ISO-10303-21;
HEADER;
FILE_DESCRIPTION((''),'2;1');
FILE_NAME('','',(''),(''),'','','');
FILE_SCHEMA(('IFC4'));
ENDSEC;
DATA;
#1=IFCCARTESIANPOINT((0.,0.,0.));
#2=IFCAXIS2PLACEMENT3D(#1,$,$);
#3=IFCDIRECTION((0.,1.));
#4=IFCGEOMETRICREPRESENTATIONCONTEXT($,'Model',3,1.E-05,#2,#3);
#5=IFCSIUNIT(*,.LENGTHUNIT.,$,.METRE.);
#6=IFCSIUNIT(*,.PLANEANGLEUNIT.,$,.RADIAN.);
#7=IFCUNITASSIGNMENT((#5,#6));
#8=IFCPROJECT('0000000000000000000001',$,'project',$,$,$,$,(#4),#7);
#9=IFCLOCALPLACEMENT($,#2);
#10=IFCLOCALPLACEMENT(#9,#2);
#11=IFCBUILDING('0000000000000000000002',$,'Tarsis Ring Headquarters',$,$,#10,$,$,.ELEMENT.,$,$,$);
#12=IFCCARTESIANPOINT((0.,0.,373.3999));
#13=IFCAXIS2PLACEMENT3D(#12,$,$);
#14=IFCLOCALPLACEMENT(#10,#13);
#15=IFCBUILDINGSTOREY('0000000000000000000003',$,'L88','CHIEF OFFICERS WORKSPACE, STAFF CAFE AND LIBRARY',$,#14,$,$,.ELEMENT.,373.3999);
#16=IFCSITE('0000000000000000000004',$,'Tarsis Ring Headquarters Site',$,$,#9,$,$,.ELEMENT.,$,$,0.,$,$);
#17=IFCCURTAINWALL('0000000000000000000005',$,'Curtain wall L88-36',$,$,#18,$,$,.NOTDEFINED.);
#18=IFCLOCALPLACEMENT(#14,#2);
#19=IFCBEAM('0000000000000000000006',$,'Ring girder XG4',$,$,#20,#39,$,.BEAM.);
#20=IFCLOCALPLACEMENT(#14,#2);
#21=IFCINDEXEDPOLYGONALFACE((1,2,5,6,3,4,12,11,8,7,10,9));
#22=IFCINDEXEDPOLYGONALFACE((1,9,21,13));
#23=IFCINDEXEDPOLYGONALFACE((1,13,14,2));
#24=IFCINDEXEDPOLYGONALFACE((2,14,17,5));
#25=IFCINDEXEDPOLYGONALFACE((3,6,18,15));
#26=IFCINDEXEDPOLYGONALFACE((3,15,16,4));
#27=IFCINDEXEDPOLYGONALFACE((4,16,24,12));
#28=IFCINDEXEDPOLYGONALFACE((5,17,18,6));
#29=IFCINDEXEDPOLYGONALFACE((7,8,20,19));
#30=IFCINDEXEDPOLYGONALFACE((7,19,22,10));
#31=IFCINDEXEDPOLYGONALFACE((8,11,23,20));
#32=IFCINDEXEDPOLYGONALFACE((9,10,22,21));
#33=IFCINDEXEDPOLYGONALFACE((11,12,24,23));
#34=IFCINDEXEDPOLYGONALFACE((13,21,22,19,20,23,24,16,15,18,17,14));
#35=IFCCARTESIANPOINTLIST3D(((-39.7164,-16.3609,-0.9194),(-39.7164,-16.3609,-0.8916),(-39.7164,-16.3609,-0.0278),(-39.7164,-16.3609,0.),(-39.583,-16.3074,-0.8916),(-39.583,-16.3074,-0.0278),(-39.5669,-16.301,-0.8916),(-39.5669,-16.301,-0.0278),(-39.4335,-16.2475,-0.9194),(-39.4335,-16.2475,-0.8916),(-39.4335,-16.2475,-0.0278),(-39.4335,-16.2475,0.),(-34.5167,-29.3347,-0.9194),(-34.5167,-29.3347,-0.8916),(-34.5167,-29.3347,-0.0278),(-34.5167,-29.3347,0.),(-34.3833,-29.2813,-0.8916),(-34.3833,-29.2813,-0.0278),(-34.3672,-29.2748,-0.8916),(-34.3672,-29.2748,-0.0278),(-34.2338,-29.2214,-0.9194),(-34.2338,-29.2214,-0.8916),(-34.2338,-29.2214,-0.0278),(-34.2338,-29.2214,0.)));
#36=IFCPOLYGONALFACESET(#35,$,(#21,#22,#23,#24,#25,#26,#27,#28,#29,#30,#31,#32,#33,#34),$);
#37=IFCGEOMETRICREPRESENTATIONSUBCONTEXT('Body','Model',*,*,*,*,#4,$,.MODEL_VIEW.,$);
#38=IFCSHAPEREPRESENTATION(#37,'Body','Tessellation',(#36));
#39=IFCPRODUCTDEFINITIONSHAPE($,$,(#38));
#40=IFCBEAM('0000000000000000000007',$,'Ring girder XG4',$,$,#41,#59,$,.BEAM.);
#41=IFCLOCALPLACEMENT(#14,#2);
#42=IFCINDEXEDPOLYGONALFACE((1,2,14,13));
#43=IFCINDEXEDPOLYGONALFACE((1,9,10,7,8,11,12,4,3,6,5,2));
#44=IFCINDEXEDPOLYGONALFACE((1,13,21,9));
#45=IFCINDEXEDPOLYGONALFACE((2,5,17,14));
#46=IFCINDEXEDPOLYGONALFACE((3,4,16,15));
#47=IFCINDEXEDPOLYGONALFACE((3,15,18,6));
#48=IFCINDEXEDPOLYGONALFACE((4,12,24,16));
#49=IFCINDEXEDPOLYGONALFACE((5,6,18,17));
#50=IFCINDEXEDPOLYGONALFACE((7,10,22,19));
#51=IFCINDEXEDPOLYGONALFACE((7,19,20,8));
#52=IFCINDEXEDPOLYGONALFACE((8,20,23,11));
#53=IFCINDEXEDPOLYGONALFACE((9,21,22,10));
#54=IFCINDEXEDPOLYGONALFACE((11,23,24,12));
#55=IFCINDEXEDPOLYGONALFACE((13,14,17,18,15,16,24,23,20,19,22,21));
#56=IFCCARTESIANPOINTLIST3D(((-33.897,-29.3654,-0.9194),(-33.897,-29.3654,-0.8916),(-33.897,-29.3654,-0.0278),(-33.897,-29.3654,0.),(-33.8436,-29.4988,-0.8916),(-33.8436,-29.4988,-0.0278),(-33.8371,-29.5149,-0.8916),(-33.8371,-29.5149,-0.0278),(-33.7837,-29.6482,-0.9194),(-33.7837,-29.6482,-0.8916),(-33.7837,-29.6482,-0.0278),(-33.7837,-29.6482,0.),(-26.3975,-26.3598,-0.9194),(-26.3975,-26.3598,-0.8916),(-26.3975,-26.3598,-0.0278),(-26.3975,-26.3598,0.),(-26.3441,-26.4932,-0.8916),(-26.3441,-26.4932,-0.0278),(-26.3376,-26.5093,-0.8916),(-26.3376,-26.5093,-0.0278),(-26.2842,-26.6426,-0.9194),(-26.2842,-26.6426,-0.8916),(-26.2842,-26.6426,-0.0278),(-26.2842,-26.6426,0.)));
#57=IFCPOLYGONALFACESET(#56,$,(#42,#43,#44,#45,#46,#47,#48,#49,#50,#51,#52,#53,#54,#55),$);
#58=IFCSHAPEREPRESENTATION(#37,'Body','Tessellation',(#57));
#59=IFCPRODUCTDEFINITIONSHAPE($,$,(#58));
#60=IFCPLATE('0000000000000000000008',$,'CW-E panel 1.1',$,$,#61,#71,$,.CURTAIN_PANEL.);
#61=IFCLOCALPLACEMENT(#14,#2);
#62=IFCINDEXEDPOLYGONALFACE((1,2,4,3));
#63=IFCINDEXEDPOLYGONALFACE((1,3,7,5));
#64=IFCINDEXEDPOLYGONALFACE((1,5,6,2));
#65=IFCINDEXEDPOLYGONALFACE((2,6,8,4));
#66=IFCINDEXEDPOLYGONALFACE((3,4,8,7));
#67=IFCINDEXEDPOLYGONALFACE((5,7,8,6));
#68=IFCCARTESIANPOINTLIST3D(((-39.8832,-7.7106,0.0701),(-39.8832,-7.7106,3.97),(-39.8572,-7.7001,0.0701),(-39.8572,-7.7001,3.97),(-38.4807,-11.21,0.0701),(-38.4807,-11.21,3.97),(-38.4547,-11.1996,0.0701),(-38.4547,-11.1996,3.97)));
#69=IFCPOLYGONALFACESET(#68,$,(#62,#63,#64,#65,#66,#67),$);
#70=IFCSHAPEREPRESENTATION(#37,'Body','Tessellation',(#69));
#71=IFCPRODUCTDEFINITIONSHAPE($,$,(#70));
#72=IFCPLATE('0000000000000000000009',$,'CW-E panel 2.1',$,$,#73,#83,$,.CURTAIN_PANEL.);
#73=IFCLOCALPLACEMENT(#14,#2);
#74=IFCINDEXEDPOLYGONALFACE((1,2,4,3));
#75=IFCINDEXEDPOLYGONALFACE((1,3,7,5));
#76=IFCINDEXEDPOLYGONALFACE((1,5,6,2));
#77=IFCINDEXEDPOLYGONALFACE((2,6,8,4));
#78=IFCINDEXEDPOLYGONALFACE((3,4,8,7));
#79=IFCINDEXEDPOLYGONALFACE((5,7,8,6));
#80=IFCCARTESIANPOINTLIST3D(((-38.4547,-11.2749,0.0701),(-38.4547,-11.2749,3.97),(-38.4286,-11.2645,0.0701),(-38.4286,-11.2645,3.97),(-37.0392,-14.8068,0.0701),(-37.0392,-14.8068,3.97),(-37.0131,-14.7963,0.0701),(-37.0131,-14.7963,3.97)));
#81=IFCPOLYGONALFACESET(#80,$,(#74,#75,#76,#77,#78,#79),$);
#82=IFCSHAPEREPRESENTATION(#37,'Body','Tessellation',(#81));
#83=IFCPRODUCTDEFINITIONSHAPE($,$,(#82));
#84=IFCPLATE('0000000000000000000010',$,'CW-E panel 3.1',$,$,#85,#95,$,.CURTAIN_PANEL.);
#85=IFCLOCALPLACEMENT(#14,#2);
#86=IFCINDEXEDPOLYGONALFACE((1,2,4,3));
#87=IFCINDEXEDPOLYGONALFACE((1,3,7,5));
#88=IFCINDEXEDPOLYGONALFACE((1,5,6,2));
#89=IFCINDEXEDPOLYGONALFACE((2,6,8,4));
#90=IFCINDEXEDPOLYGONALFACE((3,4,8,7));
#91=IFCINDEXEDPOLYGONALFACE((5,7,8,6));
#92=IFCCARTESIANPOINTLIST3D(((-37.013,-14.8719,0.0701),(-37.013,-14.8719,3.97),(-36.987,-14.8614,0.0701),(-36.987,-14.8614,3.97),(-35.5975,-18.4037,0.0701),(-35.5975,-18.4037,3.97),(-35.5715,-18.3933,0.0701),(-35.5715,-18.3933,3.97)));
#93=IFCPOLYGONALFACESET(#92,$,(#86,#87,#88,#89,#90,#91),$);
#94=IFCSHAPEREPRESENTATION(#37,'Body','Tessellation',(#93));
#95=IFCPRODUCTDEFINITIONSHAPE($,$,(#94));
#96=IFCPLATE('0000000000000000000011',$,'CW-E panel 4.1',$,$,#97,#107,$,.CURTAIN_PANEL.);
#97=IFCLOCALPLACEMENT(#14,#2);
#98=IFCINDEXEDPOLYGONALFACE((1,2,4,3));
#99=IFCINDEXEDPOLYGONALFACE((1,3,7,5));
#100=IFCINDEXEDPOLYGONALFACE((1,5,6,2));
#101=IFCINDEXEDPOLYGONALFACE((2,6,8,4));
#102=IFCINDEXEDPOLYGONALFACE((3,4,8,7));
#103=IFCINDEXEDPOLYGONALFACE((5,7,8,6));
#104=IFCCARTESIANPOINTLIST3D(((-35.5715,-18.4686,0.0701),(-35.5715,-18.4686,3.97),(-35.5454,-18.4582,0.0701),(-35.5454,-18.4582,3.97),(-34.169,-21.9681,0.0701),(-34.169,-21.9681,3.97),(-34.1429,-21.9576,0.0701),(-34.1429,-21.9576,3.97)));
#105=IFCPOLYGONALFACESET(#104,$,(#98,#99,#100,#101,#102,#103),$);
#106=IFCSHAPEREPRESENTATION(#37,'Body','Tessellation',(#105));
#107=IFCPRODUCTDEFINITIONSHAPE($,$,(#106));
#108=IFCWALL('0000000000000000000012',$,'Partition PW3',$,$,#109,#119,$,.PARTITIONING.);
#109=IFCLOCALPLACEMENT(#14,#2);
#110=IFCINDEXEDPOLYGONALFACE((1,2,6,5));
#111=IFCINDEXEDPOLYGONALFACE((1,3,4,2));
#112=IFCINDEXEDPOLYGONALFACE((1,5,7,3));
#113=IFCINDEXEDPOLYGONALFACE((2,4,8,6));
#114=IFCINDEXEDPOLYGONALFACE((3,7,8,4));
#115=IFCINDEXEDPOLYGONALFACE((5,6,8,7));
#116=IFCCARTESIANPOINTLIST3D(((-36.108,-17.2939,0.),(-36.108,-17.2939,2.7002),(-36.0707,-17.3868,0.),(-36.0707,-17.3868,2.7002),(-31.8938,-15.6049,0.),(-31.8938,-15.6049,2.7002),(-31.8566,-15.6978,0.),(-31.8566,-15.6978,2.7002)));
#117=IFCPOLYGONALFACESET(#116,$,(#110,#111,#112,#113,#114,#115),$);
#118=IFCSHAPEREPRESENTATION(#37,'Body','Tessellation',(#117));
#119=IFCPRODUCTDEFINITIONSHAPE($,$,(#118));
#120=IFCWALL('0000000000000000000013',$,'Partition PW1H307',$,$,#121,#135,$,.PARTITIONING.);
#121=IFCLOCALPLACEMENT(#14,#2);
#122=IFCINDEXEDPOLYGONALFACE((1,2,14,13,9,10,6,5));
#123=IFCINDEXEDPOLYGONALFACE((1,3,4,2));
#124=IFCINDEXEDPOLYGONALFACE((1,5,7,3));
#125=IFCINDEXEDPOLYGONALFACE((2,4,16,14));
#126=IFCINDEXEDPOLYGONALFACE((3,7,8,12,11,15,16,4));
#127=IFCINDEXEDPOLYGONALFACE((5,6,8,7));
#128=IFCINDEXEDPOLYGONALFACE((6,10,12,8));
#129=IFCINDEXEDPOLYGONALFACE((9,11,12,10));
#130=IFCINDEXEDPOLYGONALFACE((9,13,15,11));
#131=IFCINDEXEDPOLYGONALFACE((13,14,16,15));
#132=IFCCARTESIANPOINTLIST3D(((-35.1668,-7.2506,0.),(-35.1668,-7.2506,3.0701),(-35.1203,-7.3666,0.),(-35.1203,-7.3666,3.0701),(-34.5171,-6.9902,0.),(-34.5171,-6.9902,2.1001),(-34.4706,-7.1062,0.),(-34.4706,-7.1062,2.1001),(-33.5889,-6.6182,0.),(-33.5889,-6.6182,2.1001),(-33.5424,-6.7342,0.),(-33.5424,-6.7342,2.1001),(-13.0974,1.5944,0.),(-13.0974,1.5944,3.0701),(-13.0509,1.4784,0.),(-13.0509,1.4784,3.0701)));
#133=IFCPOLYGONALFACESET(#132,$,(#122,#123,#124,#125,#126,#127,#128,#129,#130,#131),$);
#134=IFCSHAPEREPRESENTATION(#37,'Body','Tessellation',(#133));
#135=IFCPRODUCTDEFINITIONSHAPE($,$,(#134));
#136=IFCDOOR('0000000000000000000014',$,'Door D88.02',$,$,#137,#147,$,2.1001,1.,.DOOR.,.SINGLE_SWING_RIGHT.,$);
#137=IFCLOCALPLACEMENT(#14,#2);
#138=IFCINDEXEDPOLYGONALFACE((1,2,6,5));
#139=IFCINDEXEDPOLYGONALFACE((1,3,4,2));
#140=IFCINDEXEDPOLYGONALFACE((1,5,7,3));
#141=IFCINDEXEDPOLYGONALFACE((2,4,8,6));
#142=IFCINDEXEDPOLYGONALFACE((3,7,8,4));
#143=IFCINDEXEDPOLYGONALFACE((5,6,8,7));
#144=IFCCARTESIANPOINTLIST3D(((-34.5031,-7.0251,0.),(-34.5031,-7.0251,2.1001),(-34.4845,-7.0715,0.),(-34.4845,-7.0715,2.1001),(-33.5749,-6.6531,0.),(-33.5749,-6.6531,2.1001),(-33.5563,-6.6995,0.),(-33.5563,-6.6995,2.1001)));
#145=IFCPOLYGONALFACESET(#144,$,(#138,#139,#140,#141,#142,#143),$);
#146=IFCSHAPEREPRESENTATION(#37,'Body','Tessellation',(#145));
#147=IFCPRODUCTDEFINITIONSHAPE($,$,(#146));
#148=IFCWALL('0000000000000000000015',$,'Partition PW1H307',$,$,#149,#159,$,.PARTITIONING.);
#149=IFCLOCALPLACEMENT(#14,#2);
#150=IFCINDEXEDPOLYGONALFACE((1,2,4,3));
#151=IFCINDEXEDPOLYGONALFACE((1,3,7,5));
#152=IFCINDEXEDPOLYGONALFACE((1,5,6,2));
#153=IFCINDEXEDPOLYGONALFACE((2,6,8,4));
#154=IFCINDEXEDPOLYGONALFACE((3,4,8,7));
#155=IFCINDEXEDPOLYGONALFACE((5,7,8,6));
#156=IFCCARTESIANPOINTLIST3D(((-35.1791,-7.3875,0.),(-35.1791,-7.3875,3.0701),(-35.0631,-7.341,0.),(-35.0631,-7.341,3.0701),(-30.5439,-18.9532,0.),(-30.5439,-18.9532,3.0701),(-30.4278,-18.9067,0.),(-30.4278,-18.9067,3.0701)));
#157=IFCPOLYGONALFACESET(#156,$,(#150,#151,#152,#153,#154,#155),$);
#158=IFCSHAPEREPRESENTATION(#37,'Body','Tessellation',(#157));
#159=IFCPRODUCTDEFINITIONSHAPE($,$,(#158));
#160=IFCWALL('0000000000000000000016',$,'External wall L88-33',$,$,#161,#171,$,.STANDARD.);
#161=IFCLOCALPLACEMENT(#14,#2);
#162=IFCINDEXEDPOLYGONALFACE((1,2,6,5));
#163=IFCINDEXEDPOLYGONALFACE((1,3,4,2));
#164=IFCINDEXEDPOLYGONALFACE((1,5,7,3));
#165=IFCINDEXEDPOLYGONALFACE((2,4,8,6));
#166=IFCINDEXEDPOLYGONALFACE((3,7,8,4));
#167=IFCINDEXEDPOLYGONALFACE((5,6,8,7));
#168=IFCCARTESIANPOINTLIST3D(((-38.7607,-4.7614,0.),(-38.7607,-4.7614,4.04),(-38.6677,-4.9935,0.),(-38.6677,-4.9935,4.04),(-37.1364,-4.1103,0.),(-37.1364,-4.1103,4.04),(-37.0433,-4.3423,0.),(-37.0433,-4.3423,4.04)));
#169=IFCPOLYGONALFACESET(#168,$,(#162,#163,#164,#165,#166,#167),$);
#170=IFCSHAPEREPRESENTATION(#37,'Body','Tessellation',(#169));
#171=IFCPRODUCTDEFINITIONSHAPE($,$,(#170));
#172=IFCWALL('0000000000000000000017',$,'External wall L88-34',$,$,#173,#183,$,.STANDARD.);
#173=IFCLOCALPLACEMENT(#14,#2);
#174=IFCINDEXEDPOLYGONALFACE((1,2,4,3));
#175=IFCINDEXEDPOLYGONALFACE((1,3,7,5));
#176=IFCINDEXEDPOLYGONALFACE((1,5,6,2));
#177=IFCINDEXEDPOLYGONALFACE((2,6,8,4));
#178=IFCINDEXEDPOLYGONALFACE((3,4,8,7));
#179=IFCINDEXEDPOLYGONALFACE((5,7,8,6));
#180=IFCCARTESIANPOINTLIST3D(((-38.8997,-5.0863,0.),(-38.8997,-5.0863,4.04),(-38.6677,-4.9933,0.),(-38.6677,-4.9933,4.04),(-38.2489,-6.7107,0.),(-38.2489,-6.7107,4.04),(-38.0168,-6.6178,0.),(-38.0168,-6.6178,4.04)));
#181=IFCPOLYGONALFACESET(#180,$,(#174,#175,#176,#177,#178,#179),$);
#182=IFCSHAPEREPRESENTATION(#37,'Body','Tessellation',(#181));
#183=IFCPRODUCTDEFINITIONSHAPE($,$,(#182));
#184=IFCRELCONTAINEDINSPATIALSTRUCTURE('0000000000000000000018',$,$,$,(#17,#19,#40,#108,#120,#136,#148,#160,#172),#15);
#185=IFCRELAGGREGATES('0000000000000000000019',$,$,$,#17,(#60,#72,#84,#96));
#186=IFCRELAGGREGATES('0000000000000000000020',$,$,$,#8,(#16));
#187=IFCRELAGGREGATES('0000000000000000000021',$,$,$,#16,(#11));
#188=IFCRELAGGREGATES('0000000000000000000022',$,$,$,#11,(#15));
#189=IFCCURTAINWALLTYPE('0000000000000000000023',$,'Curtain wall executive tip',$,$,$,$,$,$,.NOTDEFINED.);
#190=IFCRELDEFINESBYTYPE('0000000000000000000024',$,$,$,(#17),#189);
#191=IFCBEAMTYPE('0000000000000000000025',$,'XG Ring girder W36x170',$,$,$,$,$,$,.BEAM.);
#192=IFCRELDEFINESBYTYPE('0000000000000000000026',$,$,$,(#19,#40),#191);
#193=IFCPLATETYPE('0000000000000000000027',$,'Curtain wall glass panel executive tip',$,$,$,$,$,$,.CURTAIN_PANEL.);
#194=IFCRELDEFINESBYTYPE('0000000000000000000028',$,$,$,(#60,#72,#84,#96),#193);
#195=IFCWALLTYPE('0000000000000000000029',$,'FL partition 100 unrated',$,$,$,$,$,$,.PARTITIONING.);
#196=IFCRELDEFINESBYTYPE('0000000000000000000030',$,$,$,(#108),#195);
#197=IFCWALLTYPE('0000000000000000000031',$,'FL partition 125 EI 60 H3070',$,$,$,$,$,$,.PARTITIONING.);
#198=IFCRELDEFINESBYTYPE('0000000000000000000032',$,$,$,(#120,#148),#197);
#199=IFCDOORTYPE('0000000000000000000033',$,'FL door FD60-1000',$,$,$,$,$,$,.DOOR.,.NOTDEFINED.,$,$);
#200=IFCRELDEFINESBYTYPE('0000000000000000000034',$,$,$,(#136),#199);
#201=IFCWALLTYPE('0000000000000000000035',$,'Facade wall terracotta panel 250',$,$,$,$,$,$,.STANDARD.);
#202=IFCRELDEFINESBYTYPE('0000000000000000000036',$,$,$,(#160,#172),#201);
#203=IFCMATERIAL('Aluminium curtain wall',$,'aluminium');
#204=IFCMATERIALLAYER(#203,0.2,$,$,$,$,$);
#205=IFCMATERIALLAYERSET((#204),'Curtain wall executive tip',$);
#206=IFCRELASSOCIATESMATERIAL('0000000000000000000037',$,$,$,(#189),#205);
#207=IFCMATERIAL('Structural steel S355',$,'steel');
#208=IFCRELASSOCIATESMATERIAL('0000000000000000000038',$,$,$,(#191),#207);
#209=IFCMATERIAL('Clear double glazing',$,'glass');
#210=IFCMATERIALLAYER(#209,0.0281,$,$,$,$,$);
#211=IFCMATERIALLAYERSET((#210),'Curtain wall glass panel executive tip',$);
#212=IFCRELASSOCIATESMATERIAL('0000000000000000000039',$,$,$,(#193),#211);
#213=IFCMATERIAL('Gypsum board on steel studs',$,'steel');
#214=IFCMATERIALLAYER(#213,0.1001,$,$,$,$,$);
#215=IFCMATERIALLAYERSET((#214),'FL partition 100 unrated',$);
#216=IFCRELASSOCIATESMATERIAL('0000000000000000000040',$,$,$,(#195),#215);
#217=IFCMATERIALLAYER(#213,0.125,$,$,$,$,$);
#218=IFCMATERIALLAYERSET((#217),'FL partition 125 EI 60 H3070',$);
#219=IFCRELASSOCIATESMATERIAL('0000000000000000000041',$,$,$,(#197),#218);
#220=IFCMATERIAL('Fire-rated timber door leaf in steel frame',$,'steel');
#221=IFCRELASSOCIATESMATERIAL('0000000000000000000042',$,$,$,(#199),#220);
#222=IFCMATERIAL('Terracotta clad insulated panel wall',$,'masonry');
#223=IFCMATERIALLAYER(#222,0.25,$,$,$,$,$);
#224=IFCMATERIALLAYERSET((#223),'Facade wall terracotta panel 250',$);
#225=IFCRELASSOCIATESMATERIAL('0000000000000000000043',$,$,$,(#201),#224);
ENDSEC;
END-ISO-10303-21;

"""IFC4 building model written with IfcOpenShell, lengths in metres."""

from ifc_helpers import new_model, si_unit, direction, frame, frame_2d, origin, origin_2d, place, context, subcontext, project, spatial, rectangle, i_section, extrude, material, layer, layer_set, material_profile, profile_set, type_object, element, fill, aggregate, save


model = new_model("IFC4")

# Units and contexts
model_context = context("Model", 3, precision=1e-05, world=origin(), true_north=direction((0.0, 1.0)))
body_context = subcontext(model_context, "Body", "Model", "MODEL_VIEW")
ifc_project = project(units=[si_unit("LENGTHUNIT", "METRE"), si_unit("PLANEANGLEUNIT", "RADIAN")], contexts=[model_context])

# Site, building, storey
site_placement = place(None, origin())
site = spatial("IfcSite", under=ifc_project, at=site_placement, Name="Tarsis Ring Headquarters Site", CompositionType="ELEMENT", RefElevation=0.0)
building_placement = place(site_placement, origin())
building = spatial("IfcBuilding", under=site, at=building_placement, Name="Tarsis Ring Headquarters", CompositionType="ELEMENT")
storey_placement = place(building_placement, frame((0.0, 0.0, 373.3999)))
storey = spatial("IfcBuildingStorey", under=building, at=storey_placement, Name="L88", Description="CHIEF OFFICERS WORKSPACE, STAFF CAFE AND LIBRARY", CompositionType="ELEMENT", Elevation=373.3999)

# Shared definitions
ifc_material_1 = material(Name="Structural steel S355", Category="steel")

# Curtain wall
ifc_material_2 = material(Name="Aluminium curtain wall", Category="aluminium")
ifc_layer_1 = layer(ifc_material_2, 0.2)
ifc_layer_set_1 = layer_set([ifc_layer_1], Name="Curtain wall executive tip")
curtain_wall_type = type_object("IfcCurtainWallType", Name="Curtain wall executive tip", PredefinedType="NOTDEFINED", material=ifc_layer_set_1)
curtain_wall_placement = place(storey_placement, origin())
curtain_wall = element("IfcCurtainWall", 1, at=curtain_wall_placement, inside=storey, type_object=curtain_wall_type, Name="Curtain wall L88-36", PredefinedType="NOTDEFINED")

# Beams
ifc_material_profile_1 = material_profile(ifc_material_1, i_section(OverallWidth=0.3047, OverallDepth=0.9194, WebThickness=0.0173, FlangeThickness=0.0278, at=origin_2d()), Name="W36x170")
ifc_profile_set_1 = profile_set([ifc_material_profile_1], Name="Structural steel S355")
beam_type = type_object("IfcBeamType", Name="XG Ring girder W36x170", PredefinedType="BEAM", material=ifc_profile_set_1)
beam_1_placement = place(storey_placement, frame((-39.575, -16.3042, -0.4597), z_axis=(0.372017, -0.928226, 0.0), x_axis=(0.928226, 0.372017, 0.0)))
element("IfcBeam", 2, at=beam_1_placement, inside=storey, type_object=beam_type, Name="Ring girder XG4", PredefinedType="BEAM", context=body_context, shape_type="SweptSolid", body=[
    extrude(i_section(OverallWidth=0.3047, OverallDepth=0.9194, WebThickness=0.0173, FlangeThickness=0.0278, at=origin_2d()), origin(), (0.0, 0.0, 1.0), 13.9771),
])
beam_2_placement = place(storey_placement, frame((-33.8403, -29.5068, -0.4597), z_axis=(0.928228, 0.372011, 0.0), x_axis=(-0.372011, 0.928228, 0.0)))
element("IfcBeam", 3, at=beam_2_placement, inside=storey, type_object=beam_type, Name="Ring girder XG4", PredefinedType="BEAM", context=body_context, shape_type="SweptSolid", body=[
    extrude(i_section(OverallWidth=0.3047, OverallDepth=0.9194, WebThickness=0.0173, FlangeThickness=0.0278, at=origin_2d()), origin(), (0.0, 0.0, 1.0), 8.0793),
])

# Plates
ifc_material_3 = material(Name="Clear double glazing", Category="glass")
ifc_layer_2 = layer(ifc_material_3, 0.0281)
ifc_layer_set_2 = layer_set([ifc_layer_2], Name="Curtain wall glass panel executive tip")
plate_type = type_object("IfcPlateType", Name="Curtain wall glass panel executive tip", PredefinedType="CURTAIN_PANEL", material=ifc_layer_set_2)
plate_1_placement = place(storey_placement, frame((-39.1689, -9.4551, 0.0701), z_axis=(0.0, 0.0, 1.0), x_axis=(0.372016, -0.928226, 0.0)))
plate_1 = element("IfcPlate", 4, at=plate_1_placement, type_object=plate_type, Name="CW-E panel 1.1", PredefinedType="CURTAIN_PANEL", context=body_context, shape_type="SweptSolid", body=[
    extrude(rectangle(XDim=3.77, YDim=0.0281, at=origin_2d()), origin(), (0.0, 0.0, 1.0), 3.8999),
])
plate_2_placement = place(storey_placement, frame((-37.7339, -13.0356, 0.0701), z_axis=(0.0, 0.0, 1.0), x_axis=(0.372016, -0.928226, 0.0)))
plate_2 = element("IfcPlate", 5, at=plate_2_placement, type_object=plate_type, Name="CW-E panel 2.1", PredefinedType="CURTAIN_PANEL", context=body_context, shape_type="SweptSolid", body=[
    extrude(rectangle(XDim=3.8049, YDim=0.0281, at=origin_2d()), origin(), (0.0, 0.0, 1.0), 3.8999),
])
plate_3_placement = place(storey_placement, frame((-36.2922, -16.6326, 0.0701), z_axis=(0.0, 0.0, 1.0), x_axis=(0.372016, -0.928226, 0.0)))
plate_3 = element("IfcPlate", 6, at=plate_3_placement, type_object=plate_type, Name="CW-E panel 3.1", PredefinedType="CURTAIN_PANEL", context=body_context, shape_type="SweptSolid", body=[
    extrude(rectangle(XDim=3.8049, YDim=0.0281, at=origin_2d()), origin(), (0.0, 0.0, 1.0), 3.8999),
])
plate_4_placement = place(storey_placement, frame((-34.8572, -20.2131, 0.0701), z_axis=(0.0, 0.0, 1.0), x_axis=(0.372016, -0.928226, 0.0)))
plate_4 = element("IfcPlate", 7, at=plate_4_placement, type_object=plate_type, Name="CW-E panel 4.1", PredefinedType="CURTAIN_PANEL", context=body_context, shape_type="SweptSolid", body=[
    extrude(rectangle(XDim=3.77, YDim=0.0281, at=origin_2d()), origin(), (0.0, 0.0, 1.0), 3.8999),
])
aggregate(curtain_wall, [plate_1, plate_2, plate_3, plate_4])

# Wall
ifc_material_4 = material(Name="Gypsum board on steel studs", Category="steel")
ifc_layer_3 = layer(ifc_material_4, 0.1001)
ifc_layer_set_3 = layer_set([ifc_layer_3], Name="FL partition 100 unrated")
wall_type_1 = type_object("IfcWallType", Name="FL partition 100 unrated", PredefinedType="PARTITIONING", material=ifc_layer_set_3)
wall_1_placement = place(storey_placement, frame((-36.0894, -17.3403, 0.0), z_axis=(0.0, 0.0, 1.0), x_axis=(0.928224, 0.372021, 0.0)))
element("IfcWall", 8, at=wall_1_placement, inside=storey, type_object=wall_type_1, Name="Partition PW3", PredefinedType="PARTITIONING", context=body_context, shape_type="SweptSolid", body=[
    extrude(rectangle(XDim=4.54, YDim=0.1001, at=frame_2d((2.27, 0.0))), origin(), (0.0, 0.0, 1.0), 2.7002),
])

# Wall, opening, door
ifc_layer_4 = layer(ifc_material_4, 0.125)
ifc_layer_set_4 = layer_set([ifc_layer_4], Name="FL partition 125 EI 60 H3070")
wall_type_2 = type_object("IfcWallType", Name="FL partition 125 EI 60 H3070", PredefinedType="PARTITIONING", material=ifc_layer_set_4)
wall_2_placement = place(storey_placement, frame((-35.1436, -7.3086, 0.0), z_axis=(0.0, 0.0, 1.0), x_axis=(0.928226, 0.372016, 0.0)))
wall_2 = element("IfcWall", 9, at=wall_2_placement, inside=storey, type_object=wall_type_2, Name="Partition PW1H307", PredefinedType="PARTITIONING", context=body_context, shape_type="SweptSolid", body=[
    extrude(rectangle(XDim=23.7759, YDim=0.125, at=frame_2d((11.8879, 0.0))), origin(), (0.0, 0.0, 1.0), 3.0701),
])
opening_placement = place(wall_2_placement, frame((0.7, 0.0, 0.0)))
opening = element("IfcOpeningElement", 10, at=opening_placement, cuts=wall_2, PredefinedType="OPENING", context=body_context, shape_type="SweptSolid", body=[
    extrude(rectangle(XDim=1.0, YDim=2.1001, at=frame_2d((0.5, 1.05))), frame((0.0, 0.0725, 0.0), z_axis=(0.0, -1.0, 0.0), x_axis=(1.0, 0.0, 0.0)), (0.0, 0.0, 1.0), 0.145),
])
ifc_material_5 = material(Name="Fire-rated timber door leaf in steel frame", Category="steel")
door_type = type_object("IfcDoorType", Name="FL door FD60-1000", OperationType="NOTDEFINED", PredefinedType="DOOR", material=ifc_material_5)
door_placement = place(opening_placement, origin())
door = element("IfcDoor", 11, at=door_placement, inside=storey, type_object=door_type, Name="Door D88.02", OperationType="SINGLE_SWING_RIGHT", OverallHeight=2.1001, OverallWidth=1.0, PredefinedType="DOOR", context=body_context, shape_type="SweptSolid", body=[
    extrude(rectangle(XDim=1.0, YDim=2.1001, at=frame_2d((0.5, 1.05))), frame((0.0, 0.0249, 0.0), z_axis=(0.0, -1.0, 0.0), x_axis=(1.0, 0.0, 0.0)), (0.0, 0.0, 1.0), 0.05),
])
fill(opening, door)

# Walls
wall_3_placement = place(storey_placement, frame((-35.1211, -7.3643, 0.0), z_axis=(0.0, 0.0, 1.0), x_axis=(0.372012, -0.928228, 0.0)))
element("IfcWall", 12, at=wall_3_placement, inside=storey, type_object=wall_type_2, Name="Partition PW1H307", PredefinedType="PARTITIONING", context=body_context, shape_type="SweptSolid", body=[
    extrude(rectangle(XDim=12.46, YDim=0.125, at=frame_2d((6.23, 0.0))), origin(), (0.0, 0.0, 1.0), 3.0701),
])
ifc_material_6 = material(Name="Terracotta clad insulated panel wall", Category="masonry")
ifc_layer_5 = layer(ifc_material_6, 0.25)
ifc_layer_set_5 = layer_set([ifc_layer_5], Name="Facade wall terracotta panel 250")
wall_type_3 = type_object("IfcWallType", Name="Facade wall terracotta panel 250", PredefinedType="STANDARD", material=ifc_layer_set_5)
for number, where, z_axis, x_axis, name in (
    (13, (-37.0898, -4.2263, 0.0), (0.0, 0.0, 1.0), (-0.928197, -0.372088, 0.0), "External wall L88-33"),
    (14, (-38.7837, -5.0398, 0.0), (0.0, 0.0, 1.0), (0.37192, -0.928265, 0.0), "External wall L88-34"),
):
    element("IfcWall", number, at=place(storey_placement, frame(where, z_axis=z_axis, x_axis=x_axis)), inside=storey, type_object=wall_type_3, Name=name, PredefinedType="STANDARD", context=body_context, shape_type="SweptSolid", body=[
        extrude(rectangle(XDim=1.75, YDim=0.25, at=frame_2d((0.875, 0.0))), origin(), (0.0, 0.0, 1.0), 4.04),
    ])

save(model, "model.ifc")
